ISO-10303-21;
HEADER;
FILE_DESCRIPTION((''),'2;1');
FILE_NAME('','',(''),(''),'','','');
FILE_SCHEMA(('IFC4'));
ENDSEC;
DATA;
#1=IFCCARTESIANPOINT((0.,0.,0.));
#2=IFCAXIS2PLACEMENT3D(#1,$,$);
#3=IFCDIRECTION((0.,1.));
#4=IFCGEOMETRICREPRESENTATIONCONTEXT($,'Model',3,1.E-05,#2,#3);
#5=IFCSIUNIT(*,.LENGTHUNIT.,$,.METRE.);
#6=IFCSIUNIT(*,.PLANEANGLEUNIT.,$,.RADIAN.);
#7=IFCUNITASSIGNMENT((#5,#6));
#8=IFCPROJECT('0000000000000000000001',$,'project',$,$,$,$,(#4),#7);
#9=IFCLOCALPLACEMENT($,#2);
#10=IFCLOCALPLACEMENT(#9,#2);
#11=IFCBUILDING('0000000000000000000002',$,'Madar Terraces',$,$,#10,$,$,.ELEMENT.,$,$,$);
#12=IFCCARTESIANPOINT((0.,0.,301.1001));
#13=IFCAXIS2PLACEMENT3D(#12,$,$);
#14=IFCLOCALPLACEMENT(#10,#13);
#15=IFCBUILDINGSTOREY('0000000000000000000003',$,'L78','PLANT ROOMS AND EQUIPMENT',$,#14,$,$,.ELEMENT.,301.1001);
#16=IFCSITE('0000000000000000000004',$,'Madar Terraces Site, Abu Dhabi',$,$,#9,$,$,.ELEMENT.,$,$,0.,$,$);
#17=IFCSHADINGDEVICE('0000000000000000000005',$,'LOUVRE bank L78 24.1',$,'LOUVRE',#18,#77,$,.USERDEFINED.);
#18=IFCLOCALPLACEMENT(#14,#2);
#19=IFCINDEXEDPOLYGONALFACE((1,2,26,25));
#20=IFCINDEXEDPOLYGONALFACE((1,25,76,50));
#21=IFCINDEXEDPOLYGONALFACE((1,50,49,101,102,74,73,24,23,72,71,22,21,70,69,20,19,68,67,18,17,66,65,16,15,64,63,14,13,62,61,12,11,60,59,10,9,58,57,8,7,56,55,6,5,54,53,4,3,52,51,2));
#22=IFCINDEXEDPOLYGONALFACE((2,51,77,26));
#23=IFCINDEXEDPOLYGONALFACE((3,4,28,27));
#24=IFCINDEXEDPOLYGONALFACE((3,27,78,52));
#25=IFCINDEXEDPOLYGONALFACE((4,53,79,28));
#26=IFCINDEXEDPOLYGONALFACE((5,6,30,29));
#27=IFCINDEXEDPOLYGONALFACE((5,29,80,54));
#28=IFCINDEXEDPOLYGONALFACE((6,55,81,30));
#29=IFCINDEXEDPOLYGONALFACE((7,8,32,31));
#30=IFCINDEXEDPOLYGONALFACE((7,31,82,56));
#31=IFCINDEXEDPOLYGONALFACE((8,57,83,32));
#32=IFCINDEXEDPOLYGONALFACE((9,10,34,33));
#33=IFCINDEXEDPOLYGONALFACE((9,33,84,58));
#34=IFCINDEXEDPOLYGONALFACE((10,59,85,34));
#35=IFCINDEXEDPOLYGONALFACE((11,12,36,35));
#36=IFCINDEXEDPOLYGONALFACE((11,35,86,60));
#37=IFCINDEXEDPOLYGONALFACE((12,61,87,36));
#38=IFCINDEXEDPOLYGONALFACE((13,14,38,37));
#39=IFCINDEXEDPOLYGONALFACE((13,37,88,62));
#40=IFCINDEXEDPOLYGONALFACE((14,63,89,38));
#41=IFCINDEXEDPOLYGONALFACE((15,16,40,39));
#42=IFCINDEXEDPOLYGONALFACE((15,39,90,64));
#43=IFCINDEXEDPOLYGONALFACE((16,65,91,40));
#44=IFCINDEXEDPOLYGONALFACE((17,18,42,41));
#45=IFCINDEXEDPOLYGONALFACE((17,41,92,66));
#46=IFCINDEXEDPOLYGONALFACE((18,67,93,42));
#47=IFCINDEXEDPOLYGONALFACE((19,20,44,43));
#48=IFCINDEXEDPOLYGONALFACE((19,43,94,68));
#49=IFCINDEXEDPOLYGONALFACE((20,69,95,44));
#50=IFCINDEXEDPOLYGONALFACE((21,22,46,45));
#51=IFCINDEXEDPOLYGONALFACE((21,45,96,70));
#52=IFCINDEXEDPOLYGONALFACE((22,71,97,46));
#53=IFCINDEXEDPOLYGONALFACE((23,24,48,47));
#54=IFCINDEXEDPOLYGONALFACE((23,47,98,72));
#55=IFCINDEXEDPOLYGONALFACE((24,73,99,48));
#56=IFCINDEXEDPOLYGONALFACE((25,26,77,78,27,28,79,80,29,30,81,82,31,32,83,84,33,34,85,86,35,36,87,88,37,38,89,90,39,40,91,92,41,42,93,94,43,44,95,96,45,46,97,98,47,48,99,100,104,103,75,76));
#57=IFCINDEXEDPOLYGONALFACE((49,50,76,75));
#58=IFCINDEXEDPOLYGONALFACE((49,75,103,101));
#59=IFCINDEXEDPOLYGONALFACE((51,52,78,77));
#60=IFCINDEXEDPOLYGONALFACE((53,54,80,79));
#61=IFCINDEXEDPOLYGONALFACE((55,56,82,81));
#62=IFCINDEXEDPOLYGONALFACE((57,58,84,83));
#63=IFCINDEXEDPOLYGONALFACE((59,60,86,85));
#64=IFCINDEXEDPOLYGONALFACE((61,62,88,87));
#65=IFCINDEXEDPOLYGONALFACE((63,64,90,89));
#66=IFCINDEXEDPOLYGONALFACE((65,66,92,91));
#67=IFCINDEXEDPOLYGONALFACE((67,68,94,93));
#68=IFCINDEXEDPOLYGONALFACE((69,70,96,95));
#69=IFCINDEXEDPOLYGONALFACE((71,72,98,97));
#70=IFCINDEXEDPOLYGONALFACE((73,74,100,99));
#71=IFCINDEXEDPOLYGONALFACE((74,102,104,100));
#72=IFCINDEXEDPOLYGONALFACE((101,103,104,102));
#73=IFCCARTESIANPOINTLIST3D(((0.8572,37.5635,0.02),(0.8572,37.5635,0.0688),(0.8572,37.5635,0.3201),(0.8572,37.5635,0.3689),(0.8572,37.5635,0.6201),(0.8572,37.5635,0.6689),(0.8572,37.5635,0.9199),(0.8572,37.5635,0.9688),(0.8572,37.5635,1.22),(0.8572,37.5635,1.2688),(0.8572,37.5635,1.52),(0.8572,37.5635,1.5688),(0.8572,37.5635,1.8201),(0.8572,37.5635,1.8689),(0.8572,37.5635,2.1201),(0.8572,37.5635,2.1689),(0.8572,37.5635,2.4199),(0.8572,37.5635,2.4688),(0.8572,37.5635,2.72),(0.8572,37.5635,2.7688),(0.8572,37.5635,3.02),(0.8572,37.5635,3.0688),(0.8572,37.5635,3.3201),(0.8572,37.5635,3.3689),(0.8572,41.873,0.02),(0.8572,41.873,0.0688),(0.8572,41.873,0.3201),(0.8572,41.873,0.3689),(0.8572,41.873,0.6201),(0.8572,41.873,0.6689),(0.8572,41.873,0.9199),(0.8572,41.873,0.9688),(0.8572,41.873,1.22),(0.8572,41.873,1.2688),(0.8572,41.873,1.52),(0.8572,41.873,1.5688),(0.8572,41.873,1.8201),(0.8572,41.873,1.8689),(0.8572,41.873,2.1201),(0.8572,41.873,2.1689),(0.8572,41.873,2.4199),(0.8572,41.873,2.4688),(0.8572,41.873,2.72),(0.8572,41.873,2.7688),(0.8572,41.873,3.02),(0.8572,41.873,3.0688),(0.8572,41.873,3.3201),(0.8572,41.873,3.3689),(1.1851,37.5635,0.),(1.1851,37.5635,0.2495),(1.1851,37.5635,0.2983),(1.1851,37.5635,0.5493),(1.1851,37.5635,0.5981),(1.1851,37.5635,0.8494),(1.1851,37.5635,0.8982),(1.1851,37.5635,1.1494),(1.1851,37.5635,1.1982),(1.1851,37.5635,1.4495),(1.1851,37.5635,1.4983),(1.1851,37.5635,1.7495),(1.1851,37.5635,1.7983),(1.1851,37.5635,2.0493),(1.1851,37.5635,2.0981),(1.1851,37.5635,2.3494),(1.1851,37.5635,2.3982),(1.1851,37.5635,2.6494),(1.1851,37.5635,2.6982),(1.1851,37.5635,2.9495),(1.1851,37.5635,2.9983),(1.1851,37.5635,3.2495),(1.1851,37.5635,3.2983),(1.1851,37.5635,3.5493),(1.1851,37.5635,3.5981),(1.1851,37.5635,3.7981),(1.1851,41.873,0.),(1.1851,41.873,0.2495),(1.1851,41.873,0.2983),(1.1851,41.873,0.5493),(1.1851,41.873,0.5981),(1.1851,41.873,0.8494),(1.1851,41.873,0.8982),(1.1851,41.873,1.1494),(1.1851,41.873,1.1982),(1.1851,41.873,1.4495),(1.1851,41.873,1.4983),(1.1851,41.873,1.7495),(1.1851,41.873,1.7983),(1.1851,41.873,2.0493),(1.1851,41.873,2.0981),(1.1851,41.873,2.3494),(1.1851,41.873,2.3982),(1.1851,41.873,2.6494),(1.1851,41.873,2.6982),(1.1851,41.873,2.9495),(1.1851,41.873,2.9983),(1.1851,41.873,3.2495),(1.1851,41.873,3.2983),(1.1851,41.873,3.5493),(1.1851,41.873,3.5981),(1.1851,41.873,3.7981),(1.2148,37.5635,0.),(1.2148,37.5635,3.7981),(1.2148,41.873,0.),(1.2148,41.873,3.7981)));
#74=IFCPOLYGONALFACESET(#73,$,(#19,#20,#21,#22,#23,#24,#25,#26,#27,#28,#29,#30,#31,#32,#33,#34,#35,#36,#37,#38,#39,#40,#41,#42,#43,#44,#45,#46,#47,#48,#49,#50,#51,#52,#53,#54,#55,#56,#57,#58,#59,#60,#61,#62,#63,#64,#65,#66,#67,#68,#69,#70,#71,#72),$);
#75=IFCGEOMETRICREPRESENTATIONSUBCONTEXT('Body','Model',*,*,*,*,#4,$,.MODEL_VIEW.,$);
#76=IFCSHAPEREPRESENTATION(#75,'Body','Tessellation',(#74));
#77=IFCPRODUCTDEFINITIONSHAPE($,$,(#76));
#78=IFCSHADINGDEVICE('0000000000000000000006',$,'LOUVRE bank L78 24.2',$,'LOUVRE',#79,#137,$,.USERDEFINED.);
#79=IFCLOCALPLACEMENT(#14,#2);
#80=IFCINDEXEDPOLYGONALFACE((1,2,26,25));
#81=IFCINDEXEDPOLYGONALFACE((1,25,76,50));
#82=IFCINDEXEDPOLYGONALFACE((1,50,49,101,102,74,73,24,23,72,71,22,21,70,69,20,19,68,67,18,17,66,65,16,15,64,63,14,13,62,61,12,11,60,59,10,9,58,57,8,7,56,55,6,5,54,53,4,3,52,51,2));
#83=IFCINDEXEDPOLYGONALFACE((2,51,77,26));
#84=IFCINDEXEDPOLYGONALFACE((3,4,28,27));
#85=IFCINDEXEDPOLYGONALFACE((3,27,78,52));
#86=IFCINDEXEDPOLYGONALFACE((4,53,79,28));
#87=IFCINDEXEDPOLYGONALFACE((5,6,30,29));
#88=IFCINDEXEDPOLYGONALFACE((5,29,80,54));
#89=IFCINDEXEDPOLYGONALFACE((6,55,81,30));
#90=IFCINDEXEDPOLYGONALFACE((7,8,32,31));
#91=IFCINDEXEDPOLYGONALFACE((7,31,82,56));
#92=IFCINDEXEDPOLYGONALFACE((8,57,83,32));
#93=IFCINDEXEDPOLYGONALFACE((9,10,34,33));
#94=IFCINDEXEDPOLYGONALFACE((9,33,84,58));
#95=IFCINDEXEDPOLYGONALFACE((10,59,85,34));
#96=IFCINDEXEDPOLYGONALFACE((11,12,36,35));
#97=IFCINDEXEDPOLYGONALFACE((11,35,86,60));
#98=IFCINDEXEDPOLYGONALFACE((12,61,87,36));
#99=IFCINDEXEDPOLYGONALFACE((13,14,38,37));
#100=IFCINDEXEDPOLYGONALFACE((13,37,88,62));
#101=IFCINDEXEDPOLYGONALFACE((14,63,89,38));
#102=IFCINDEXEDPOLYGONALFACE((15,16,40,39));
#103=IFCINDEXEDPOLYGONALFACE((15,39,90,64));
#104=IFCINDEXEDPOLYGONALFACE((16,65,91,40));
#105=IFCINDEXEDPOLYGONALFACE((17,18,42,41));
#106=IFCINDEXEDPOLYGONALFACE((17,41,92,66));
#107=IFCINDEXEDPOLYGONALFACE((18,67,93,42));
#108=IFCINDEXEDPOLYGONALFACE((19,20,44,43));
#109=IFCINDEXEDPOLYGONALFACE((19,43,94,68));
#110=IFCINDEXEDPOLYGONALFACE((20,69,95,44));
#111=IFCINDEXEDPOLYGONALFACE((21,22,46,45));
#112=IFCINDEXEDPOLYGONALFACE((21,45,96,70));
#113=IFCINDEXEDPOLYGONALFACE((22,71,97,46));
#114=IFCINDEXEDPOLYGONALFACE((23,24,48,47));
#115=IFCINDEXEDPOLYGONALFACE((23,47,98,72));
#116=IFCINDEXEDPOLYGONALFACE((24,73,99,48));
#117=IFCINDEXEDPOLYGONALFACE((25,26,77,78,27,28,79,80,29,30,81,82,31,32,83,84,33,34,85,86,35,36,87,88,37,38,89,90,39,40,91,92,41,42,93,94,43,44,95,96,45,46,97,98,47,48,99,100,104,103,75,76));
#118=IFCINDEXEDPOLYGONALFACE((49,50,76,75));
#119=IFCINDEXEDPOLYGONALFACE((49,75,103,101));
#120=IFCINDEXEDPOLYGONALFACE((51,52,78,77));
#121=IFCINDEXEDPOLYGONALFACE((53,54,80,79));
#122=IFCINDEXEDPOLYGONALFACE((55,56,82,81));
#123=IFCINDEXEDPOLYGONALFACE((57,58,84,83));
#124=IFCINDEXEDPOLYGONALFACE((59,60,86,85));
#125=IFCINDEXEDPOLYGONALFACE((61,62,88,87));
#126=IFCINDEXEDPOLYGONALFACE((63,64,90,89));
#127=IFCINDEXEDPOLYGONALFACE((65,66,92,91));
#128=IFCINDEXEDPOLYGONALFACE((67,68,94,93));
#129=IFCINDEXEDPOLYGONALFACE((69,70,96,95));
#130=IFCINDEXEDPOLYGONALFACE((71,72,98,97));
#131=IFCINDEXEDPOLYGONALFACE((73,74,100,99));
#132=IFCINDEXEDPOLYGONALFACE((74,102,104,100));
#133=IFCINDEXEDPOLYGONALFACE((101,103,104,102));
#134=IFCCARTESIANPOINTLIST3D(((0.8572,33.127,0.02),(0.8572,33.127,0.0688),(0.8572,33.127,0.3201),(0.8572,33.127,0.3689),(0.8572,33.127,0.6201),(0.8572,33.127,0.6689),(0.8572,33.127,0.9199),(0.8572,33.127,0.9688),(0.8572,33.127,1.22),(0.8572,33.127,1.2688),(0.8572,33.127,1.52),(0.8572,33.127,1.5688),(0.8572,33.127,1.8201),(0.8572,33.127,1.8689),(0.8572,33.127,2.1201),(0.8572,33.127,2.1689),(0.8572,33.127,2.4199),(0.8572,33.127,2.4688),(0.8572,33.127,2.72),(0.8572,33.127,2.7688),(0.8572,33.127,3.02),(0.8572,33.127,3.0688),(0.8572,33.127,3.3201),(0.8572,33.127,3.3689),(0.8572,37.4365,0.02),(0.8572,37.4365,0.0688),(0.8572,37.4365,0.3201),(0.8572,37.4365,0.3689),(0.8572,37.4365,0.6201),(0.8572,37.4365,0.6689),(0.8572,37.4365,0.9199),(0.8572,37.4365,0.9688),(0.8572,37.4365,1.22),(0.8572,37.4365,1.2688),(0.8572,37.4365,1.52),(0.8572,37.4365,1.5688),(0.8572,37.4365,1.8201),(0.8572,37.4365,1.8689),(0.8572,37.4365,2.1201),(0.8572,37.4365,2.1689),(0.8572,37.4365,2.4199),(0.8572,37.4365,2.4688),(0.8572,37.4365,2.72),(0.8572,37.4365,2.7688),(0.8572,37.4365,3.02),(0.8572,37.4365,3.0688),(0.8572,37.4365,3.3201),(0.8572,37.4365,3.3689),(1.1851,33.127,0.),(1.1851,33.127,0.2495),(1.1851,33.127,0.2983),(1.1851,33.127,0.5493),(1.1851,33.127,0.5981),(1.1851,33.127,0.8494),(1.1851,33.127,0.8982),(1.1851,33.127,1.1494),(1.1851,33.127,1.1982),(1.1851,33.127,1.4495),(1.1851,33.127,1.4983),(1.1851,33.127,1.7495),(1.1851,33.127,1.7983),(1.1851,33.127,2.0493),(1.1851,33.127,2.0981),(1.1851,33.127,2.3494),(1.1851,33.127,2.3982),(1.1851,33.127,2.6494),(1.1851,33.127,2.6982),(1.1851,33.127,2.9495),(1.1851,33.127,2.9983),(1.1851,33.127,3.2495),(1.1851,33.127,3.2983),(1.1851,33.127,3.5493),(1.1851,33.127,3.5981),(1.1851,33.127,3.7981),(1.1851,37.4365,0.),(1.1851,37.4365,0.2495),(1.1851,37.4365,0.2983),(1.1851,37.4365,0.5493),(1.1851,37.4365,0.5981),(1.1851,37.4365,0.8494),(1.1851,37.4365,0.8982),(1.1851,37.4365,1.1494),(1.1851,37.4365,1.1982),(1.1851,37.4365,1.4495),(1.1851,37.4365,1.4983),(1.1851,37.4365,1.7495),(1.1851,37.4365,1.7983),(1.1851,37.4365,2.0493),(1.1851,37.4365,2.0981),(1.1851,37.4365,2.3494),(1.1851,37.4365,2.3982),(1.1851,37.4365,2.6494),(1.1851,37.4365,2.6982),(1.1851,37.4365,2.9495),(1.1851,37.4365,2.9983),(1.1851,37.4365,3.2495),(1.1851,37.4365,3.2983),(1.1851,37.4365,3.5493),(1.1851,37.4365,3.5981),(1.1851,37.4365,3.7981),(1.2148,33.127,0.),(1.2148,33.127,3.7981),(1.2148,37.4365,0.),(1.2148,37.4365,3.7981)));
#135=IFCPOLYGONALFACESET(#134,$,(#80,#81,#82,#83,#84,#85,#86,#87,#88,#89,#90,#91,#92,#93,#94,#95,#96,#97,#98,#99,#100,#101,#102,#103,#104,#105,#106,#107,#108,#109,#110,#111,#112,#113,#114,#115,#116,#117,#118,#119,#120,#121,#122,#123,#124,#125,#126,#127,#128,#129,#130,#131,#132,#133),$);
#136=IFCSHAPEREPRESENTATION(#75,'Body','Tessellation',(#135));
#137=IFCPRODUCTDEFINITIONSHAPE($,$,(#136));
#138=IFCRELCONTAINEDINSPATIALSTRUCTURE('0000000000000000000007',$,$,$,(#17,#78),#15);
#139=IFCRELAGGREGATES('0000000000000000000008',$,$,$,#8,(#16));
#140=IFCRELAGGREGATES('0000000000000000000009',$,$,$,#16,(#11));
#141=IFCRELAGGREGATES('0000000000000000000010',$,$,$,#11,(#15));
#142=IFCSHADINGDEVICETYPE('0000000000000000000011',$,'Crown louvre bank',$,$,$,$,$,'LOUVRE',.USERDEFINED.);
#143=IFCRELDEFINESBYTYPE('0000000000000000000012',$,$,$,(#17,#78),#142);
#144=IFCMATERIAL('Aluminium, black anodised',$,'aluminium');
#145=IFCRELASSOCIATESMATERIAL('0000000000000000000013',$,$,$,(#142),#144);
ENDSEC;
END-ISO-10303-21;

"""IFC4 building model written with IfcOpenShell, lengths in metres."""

from ifc_helpers import new_model, si_unit, direction, frame, origin, place, context, subcontext, project, spatial, polyline, outline, extrude, material, type_object, element, save


model = new_model("IFC4")

# Units and contexts
model_context = context("Model", 3, precision=1e-05, world=origin(), true_north=direction((0.0, 1.0)))
body_context = subcontext(model_context, "Body", "Model", "MODEL_VIEW")
ifc_project = project(units=[si_unit("LENGTHUNIT", "METRE"), si_unit("PLANEANGLEUNIT", "RADIAN")], contexts=[model_context])

# Site, building, storey
site_placement = place(None, origin())
site = spatial("IfcSite", under=ifc_project, at=site_placement, Name="Madar Terraces Site, Abu Dhabi", CompositionType="ELEMENT", RefElevation=0.0)
building_placement = place(site_placement, origin())
building = spatial("IfcBuilding", under=site, at=building_placement, Name="Madar Terraces", CompositionType="ELEMENT")
storey_placement = place(building_placement, frame((0.0, 0.0, 301.1001)))
storey = spatial("IfcBuildingStorey", under=building, at=storey_placement, Name="L78", Description="PLANT ROOMS AND EQUIPMENT", CompositionType="ELEMENT", Elevation=301.1001)

# Shading devices
ifc_material_1 = material(Name="Aluminium, black anodised", Category="aluminium")
shading_device_type = type_object("IfcShadingDeviceType", Name="Crown louvre bank", ElementType="LOUVRE", PredefinedType="USERDEFINED", material=ifc_material_1)
shading_device_1_placement = place(storey_placement, frame((1.2, 41.873, 0.0), z_axis=(0.0, -1.0, 0.0), x_axis=(1.0, 0.0, 0.0)))
element("IfcShadingDevice", 1, at=shading_device_1_placement, inside=storey, type_object=shading_device_type, Name="LOUVRE bank L78 24.1", ObjectType="LOUVRE", PredefinedType="USERDEFINED", context=body_context, shape_type="SweptSolid", body=[
    extrude(outline(polyline([(0.0149, 0.0), (-0.0149, 0.0), (-0.0149, 0.2495), (-0.3428, 0.02), (-0.3428, 0.0688), (-0.0149, 0.2983), (-0.0149, 0.5493), (-0.3428, 0.3201), (-0.3428, 0.3689), (-0.0149, 0.5981), (-0.0149, 0.8494), (-0.3428, 0.6201), (-0.3428, 0.6689), (-0.0149, 0.8982), (-0.0149, 1.1494), (-0.3428, 0.9199), (-0.3428, 0.9688), (-0.0149, 1.1982), (-0.0149, 1.4495), (-0.3428, 1.22), (-0.3428, 1.2688), (-0.0149, 1.4983), (-0.0149, 1.7495), (-0.3428, 1.52), (-0.3428, 1.5688), (-0.0149, 1.7983), (-0.0149, 2.0493), (-0.3428, 1.8201), (-0.3428, 1.8689), (-0.0149, 2.0981), (-0.0149, 2.3494), (-0.3428, 2.1201), (-0.3428, 2.1689), (-0.0149, 2.3982), (-0.0149, 2.6494), (-0.3428, 2.4199), (-0.3428, 2.4688), (-0.0149, 2.6982), (-0.0149, 2.9495), (-0.3428, 2.72), (-0.3428, 2.7688), (-0.0149, 2.9983), (-0.0149, 3.2495), (-0.3428, 3.02), (-0.3428, 3.0688), (-0.0149, 3.2983), (-0.0149, 3.5493), (-0.3428, 3.3201), (-0.3428, 3.3689), (-0.0149, 3.5981), (-0.0149, 3.7981), (0.0149, 3.7981), (0.0149, 0.0)])), origin(), (0.0, 0.0, 1.0), 4.3096),
])
shading_device_2_placement = place(storey_placement, frame((1.2, 37.4365, 0.0), z_axis=(0.0, -1.0, 0.0), x_axis=(1.0, 0.0, 0.0)))
element("IfcShadingDevice", 2, at=shading_device_2_placement, inside=storey, type_object=shading_device_type, Name="LOUVRE bank L78 24.2", ObjectType="LOUVRE", PredefinedType="USERDEFINED", context=body_context, shape_type="SweptSolid", body=[
    extrude(outline(polyline([(0.0149, 0.0), (-0.0149, 0.0), (-0.0149, 0.2495), (-0.3428, 0.02), (-0.3428, 0.0688), (-0.0149, 0.2983), (-0.0149, 0.5493), (-0.3428, 0.3201), (-0.3428, 0.3689), (-0.0149, 0.5981), (-0.0149, 0.8494), (-0.3428, 0.6201), (-0.3428, 0.6689), (-0.0149, 0.8982), (-0.0149, 1.1494), (-0.3428, 0.9199), (-0.3428, 0.9688), (-0.0149, 1.1982), (-0.0149, 1.4495), (-0.3428, 1.22), (-0.3428, 1.2688), (-0.0149, 1.4983), (-0.0149, 1.7495), (-0.3428, 1.52), (-0.3428, 1.5688), (-0.0149, 1.7983), (-0.0149, 2.0493), (-0.3428, 1.8201), (-0.3428, 1.8689), (-0.0149, 2.0981), (-0.0149, 2.3494), (-0.3428, 2.1201), (-0.3428, 2.1689), (-0.0149, 2.3982), (-0.0149, 2.6494), (-0.3428, 2.4199), (-0.3428, 2.4688), (-0.0149, 2.6982), (-0.0149, 2.9495), (-0.3428, 2.72), (-0.3428, 2.7688), (-0.0149, 2.9983), (-0.0149, 3.2495), (-0.3428, 3.02), (-0.3428, 3.0688), (-0.0149, 3.2983), (-0.0149, 3.5493), (-0.3428, 3.3201), (-0.3428, 3.3689), (-0.0149, 3.5981), (-0.0149, 3.7981), (0.0149, 3.7981), (0.0149, 0.0)])), origin(), (0.0, 0.0, 1.0), 4.3096),
])

save(model, "model.ifc")
